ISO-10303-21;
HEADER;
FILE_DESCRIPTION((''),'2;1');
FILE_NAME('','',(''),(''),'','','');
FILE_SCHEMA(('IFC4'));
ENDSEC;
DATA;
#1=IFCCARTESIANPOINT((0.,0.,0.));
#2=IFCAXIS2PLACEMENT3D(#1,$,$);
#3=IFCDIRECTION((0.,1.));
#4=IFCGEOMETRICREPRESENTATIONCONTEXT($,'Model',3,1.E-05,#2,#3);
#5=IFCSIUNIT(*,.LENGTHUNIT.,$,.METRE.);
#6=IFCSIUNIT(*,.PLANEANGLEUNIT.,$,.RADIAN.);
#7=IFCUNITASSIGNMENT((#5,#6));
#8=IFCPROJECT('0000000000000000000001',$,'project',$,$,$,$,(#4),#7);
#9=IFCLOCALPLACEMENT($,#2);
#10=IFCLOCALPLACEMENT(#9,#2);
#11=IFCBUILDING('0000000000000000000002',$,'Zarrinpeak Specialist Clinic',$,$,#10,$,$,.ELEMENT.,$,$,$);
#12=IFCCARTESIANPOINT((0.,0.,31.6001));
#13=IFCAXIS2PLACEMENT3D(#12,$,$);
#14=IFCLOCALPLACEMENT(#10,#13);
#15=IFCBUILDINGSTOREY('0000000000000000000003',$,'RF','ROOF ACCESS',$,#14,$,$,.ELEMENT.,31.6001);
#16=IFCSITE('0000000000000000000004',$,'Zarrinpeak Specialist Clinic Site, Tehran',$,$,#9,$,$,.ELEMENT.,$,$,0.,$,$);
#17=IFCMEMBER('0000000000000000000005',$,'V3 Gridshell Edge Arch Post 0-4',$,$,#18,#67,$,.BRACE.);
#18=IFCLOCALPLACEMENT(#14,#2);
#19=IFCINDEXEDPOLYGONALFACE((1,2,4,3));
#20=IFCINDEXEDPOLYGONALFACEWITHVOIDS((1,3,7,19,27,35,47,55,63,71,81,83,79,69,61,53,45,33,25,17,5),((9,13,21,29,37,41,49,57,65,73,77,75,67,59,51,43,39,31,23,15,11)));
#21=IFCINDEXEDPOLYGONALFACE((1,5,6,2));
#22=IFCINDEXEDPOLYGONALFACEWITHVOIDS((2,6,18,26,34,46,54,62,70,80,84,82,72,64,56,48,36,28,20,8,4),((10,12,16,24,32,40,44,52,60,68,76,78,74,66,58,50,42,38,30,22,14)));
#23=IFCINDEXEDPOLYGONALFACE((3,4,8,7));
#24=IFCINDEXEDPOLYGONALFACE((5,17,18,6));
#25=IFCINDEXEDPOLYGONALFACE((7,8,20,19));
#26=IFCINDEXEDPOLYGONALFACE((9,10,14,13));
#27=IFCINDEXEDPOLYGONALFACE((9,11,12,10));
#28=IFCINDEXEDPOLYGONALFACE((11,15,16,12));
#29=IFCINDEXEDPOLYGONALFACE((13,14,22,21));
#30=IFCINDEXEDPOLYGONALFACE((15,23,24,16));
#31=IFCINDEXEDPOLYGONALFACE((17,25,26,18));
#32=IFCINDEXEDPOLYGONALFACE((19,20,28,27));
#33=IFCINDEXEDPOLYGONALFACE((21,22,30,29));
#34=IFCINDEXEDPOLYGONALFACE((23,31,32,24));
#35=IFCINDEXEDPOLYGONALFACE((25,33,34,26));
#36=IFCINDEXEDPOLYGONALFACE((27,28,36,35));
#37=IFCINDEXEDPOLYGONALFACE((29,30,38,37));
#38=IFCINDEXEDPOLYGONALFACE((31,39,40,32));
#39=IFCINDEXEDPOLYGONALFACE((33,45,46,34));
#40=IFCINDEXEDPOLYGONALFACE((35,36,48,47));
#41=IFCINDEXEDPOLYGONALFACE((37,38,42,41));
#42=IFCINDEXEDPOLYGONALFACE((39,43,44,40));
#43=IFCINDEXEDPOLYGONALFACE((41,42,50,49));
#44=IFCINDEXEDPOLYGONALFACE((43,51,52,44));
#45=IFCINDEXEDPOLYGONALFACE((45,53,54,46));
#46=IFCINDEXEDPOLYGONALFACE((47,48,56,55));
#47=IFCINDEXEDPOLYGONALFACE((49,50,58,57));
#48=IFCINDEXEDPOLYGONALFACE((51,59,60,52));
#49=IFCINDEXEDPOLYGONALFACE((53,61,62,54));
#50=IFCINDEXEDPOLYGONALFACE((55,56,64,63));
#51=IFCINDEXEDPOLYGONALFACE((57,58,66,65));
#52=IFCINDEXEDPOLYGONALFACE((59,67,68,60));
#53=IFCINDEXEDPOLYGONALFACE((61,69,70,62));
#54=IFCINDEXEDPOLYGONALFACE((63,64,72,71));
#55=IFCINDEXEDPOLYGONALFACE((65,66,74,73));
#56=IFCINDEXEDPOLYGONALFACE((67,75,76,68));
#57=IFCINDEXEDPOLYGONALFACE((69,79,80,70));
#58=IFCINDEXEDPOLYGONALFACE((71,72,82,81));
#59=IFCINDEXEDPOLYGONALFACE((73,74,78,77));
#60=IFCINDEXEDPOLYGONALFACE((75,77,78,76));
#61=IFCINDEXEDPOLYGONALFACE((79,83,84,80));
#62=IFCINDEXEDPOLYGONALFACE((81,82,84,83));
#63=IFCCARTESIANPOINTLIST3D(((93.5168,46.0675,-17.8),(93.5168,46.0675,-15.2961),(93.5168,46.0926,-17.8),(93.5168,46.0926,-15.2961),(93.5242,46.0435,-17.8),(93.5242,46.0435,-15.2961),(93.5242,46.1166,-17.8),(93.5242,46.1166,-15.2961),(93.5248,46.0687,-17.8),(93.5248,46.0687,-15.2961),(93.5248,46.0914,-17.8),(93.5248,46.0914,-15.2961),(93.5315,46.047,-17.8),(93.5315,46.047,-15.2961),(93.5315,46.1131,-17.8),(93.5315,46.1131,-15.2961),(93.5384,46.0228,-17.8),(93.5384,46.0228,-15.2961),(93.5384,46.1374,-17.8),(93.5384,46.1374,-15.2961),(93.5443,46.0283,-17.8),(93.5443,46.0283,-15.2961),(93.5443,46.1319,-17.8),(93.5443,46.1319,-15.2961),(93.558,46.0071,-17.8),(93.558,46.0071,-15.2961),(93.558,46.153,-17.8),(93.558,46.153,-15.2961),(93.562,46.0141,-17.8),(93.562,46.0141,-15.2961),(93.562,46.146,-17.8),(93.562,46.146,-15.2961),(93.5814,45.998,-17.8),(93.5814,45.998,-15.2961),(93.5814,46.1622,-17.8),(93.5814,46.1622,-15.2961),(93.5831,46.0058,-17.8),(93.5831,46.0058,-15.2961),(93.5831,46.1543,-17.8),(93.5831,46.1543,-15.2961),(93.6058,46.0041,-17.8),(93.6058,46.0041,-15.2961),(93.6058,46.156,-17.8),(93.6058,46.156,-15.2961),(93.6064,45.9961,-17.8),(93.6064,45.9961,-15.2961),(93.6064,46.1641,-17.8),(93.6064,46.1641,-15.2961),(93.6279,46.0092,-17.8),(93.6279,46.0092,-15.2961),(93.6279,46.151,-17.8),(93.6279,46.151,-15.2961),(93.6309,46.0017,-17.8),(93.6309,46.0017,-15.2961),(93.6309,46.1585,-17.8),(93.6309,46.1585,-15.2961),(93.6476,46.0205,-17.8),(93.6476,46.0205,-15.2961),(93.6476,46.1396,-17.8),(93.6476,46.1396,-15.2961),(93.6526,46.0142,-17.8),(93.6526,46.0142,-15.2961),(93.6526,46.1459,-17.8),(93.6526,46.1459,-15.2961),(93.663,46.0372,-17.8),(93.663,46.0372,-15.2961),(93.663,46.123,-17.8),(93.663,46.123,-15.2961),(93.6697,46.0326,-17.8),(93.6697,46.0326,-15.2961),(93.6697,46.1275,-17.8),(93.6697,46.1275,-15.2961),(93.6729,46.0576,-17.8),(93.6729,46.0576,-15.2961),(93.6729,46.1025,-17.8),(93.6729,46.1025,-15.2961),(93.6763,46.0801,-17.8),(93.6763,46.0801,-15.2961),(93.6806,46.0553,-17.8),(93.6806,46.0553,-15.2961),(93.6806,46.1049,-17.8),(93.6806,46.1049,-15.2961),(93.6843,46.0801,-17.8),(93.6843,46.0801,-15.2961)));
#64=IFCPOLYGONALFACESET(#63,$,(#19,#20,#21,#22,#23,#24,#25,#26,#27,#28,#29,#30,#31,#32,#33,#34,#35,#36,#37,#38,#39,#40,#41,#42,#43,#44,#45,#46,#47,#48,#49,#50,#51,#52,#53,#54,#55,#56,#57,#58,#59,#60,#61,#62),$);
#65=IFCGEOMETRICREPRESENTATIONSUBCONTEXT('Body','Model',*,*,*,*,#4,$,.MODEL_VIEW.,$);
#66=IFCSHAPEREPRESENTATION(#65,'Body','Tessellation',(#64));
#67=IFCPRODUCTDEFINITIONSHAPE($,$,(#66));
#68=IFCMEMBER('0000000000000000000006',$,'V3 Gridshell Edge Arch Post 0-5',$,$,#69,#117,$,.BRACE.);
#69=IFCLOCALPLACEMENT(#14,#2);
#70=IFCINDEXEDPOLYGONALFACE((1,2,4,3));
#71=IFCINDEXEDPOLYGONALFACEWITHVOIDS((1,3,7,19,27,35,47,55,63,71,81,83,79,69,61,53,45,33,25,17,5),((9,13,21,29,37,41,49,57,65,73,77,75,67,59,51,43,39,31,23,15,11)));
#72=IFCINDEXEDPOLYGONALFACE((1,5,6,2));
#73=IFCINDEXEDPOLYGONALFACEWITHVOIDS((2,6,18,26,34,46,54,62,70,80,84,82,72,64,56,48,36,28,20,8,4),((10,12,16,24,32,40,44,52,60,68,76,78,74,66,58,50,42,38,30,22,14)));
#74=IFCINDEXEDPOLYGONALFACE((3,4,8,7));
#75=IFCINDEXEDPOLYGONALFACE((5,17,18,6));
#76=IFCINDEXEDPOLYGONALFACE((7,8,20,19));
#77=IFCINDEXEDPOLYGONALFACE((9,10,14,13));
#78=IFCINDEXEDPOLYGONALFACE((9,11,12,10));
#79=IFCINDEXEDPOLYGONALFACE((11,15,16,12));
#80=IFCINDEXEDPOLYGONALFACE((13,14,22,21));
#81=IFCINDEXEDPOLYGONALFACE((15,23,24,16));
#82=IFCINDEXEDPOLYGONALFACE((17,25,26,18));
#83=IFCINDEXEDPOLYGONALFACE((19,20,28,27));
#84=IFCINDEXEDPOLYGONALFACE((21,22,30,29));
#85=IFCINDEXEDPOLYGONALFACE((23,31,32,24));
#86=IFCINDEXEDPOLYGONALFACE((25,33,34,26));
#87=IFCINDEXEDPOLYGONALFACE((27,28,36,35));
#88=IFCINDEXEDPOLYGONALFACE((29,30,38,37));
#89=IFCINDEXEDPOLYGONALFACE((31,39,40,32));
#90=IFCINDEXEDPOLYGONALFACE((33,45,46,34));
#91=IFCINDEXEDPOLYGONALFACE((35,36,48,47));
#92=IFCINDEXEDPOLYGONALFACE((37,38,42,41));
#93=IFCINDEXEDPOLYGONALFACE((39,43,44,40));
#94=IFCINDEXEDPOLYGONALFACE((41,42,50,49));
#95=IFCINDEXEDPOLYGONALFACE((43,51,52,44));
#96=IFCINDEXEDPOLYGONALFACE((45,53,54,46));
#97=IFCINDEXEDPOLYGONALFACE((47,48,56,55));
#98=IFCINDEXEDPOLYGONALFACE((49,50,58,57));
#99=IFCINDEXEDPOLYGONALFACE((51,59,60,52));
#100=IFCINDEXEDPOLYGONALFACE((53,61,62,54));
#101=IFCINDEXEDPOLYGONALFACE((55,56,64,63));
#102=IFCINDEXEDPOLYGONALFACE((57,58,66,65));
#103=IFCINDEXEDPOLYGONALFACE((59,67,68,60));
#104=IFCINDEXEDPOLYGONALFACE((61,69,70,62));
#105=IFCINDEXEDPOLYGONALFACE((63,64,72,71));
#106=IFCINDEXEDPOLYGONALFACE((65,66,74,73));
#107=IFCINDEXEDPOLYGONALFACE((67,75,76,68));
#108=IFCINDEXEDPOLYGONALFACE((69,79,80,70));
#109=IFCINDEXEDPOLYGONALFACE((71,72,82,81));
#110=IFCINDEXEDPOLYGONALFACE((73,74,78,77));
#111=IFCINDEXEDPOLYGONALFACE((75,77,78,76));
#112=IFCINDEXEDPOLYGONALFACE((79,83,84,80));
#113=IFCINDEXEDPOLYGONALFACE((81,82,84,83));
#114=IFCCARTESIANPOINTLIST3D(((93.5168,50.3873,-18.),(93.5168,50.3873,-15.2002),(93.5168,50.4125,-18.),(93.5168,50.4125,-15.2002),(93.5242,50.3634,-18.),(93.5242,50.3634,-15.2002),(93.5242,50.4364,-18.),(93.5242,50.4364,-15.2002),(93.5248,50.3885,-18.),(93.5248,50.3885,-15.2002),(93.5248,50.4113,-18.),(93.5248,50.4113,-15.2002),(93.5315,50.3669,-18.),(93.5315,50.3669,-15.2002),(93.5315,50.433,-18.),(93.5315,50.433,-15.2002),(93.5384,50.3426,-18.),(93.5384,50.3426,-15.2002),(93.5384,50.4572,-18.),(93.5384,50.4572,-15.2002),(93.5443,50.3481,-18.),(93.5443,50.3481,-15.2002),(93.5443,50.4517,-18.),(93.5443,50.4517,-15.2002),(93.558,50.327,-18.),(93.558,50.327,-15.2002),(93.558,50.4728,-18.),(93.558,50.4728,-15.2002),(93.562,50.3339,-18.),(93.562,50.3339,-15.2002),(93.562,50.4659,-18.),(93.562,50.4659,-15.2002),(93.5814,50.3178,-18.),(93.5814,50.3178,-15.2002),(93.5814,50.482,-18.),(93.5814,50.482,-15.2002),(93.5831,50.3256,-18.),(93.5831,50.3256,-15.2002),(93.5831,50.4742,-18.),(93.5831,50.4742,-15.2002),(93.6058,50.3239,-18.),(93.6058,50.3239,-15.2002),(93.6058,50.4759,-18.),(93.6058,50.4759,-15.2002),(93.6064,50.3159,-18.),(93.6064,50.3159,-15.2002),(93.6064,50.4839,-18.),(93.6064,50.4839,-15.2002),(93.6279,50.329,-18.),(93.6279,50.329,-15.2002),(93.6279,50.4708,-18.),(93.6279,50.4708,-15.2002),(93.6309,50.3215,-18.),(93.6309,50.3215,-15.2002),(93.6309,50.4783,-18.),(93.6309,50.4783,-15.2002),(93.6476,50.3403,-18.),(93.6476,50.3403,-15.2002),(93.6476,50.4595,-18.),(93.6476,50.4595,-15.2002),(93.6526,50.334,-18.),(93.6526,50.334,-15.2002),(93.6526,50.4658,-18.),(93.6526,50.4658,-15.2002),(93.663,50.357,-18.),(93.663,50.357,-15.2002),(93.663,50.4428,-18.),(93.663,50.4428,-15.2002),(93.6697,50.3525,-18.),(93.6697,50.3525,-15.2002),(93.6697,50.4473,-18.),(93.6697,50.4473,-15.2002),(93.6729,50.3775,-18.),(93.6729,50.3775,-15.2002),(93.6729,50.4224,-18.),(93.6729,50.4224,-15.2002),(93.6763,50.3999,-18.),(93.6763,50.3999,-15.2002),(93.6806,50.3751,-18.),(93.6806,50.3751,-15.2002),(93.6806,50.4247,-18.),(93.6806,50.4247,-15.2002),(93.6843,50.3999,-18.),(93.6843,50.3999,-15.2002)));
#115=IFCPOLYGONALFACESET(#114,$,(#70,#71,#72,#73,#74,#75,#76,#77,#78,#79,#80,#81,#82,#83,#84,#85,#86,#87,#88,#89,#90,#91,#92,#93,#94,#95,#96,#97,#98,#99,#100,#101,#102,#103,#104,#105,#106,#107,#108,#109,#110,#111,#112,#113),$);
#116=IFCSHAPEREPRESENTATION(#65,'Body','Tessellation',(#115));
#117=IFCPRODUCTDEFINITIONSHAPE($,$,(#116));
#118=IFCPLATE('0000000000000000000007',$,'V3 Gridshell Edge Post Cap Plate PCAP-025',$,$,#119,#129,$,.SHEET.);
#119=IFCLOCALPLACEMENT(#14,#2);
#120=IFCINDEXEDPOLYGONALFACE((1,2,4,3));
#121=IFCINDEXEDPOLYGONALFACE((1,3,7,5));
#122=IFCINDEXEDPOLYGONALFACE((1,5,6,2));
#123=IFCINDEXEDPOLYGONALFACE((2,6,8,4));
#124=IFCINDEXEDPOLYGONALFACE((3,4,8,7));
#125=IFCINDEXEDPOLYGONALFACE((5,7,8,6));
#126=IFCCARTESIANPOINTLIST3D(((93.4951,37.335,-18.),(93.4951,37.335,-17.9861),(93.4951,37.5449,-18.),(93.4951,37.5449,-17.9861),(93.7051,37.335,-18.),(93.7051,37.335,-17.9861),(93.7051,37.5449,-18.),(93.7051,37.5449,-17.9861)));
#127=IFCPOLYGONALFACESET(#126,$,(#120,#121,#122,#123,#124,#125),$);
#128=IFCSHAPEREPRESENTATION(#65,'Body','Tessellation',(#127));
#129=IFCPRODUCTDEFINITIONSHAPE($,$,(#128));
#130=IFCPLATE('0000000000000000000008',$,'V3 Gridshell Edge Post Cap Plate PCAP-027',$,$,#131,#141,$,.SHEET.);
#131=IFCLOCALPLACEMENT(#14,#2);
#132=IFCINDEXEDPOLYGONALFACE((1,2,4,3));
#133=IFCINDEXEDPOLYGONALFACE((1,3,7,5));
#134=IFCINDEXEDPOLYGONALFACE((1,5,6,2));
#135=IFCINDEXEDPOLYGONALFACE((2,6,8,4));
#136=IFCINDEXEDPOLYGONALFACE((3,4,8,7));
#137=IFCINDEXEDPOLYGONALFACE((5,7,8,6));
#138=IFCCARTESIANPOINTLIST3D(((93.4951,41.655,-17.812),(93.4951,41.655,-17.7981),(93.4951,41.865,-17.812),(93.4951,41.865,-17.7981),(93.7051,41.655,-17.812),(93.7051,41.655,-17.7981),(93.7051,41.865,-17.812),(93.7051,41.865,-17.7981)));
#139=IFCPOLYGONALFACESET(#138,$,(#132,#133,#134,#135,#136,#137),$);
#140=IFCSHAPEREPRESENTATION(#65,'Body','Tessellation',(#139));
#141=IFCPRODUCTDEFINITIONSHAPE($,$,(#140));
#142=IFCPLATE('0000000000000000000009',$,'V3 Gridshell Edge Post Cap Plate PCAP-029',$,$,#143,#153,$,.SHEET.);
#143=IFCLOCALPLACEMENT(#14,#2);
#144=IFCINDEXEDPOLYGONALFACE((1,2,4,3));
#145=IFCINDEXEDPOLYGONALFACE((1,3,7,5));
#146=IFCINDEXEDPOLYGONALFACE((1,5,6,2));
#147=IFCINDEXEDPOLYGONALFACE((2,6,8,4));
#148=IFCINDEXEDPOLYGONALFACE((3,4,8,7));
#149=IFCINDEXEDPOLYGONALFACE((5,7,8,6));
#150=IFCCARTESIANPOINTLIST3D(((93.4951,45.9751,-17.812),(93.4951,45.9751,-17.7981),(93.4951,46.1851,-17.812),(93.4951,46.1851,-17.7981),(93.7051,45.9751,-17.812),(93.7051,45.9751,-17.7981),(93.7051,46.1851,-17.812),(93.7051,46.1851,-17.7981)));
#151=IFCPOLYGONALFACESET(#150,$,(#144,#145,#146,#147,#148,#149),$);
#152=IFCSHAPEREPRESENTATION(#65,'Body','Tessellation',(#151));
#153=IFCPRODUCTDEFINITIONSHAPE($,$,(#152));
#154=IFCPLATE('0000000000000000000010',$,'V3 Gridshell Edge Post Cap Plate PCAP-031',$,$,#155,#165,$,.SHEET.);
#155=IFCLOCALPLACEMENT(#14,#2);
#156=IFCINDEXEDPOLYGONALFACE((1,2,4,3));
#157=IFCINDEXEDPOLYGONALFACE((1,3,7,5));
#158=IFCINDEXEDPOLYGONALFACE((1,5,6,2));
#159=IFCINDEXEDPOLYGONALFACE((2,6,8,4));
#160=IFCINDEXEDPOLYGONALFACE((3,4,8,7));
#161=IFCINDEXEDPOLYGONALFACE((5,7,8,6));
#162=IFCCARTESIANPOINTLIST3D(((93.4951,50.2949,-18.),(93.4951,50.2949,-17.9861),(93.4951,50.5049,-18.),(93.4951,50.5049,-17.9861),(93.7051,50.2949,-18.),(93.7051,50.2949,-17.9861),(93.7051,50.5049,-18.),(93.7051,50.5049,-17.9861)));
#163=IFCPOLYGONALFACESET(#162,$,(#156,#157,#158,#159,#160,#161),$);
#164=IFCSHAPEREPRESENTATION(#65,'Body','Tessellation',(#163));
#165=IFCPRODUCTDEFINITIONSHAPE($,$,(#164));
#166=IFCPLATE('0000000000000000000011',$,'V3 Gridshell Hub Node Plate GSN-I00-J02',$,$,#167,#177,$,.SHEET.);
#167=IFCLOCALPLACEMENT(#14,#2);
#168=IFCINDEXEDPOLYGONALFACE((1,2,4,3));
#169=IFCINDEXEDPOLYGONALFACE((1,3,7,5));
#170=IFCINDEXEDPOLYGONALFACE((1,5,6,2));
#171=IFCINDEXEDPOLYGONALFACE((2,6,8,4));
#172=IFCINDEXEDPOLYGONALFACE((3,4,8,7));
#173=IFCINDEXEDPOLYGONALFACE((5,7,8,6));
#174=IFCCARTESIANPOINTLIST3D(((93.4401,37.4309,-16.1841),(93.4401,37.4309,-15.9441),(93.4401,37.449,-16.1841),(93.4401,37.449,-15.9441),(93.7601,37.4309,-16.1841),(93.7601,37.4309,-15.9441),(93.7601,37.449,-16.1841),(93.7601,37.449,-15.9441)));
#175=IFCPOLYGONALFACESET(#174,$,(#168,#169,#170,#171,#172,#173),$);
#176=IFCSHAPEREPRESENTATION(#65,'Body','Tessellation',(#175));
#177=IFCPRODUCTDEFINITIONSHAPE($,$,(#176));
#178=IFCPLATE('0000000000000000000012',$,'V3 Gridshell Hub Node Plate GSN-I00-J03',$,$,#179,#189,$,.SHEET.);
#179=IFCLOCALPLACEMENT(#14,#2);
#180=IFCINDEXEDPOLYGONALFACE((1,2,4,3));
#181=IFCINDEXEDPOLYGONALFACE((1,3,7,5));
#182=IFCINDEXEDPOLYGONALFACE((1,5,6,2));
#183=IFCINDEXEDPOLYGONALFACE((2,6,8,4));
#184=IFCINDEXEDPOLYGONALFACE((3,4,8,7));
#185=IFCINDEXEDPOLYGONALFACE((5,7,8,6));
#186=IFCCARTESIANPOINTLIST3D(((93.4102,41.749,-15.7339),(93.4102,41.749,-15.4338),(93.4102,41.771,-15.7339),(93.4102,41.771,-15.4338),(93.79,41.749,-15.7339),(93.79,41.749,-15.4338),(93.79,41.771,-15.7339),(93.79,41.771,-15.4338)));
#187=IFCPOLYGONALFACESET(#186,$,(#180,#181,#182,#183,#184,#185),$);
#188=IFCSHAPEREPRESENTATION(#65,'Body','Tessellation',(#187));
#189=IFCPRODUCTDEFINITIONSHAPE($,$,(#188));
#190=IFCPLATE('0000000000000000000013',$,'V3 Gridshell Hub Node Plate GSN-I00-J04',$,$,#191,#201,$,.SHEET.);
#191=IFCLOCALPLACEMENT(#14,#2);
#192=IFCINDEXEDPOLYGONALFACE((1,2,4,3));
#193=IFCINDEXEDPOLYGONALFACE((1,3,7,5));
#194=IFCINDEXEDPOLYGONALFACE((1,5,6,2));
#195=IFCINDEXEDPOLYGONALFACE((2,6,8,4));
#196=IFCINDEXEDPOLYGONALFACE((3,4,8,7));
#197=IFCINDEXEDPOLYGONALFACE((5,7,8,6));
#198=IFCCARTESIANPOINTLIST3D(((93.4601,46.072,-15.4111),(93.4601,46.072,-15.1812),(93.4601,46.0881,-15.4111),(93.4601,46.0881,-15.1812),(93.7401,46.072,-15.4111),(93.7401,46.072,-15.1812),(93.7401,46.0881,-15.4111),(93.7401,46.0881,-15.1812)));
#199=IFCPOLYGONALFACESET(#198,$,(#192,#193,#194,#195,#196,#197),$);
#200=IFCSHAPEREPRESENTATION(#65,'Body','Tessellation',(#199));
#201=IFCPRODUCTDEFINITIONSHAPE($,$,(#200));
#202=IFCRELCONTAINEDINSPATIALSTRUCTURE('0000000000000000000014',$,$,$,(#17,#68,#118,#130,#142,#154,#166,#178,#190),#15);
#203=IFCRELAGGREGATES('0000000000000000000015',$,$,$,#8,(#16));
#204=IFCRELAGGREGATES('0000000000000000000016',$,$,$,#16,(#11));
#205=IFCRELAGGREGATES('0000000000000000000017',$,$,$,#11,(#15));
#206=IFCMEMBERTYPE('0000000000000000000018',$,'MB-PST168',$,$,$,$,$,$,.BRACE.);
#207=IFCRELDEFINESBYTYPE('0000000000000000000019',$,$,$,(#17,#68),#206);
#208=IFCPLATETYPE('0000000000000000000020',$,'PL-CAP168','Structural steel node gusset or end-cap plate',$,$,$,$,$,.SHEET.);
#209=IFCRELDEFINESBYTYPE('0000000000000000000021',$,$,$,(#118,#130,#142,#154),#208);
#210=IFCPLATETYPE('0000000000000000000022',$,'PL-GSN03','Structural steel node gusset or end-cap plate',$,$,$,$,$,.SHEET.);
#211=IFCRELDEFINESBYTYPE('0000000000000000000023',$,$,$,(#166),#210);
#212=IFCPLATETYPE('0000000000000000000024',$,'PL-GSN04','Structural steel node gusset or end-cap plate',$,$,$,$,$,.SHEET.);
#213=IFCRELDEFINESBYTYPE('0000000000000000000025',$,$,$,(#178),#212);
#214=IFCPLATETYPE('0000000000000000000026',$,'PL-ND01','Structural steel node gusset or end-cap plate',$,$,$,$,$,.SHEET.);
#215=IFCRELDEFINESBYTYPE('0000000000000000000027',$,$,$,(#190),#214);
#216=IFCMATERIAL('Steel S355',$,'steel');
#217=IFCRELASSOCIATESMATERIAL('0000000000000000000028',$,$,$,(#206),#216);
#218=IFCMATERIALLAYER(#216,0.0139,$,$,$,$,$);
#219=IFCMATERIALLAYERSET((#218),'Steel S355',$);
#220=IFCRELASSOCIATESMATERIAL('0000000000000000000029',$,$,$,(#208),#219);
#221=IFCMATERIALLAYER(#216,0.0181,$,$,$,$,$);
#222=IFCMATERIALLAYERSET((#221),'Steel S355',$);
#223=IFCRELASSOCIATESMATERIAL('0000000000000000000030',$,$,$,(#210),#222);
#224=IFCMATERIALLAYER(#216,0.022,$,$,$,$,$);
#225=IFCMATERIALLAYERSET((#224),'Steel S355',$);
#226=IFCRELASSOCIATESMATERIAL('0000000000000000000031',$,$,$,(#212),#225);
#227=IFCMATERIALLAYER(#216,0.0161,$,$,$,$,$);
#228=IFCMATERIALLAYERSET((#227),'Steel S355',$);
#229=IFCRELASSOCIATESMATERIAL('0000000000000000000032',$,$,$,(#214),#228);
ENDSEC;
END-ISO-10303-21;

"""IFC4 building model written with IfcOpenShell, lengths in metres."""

from ifc_helpers import new_model, si_unit, direction, frame, origin, origin_2d, place, context, subcontext, project, spatial, rectangle, hollow_circle, extrude, material, layer, layer_set, material_profile, profile_set, type_object, element, save


model = new_model("IFC4")

# Units and contexts
model_context = context("Model", 3, precision=1e-05, world=origin(), true_north=direction((0.0, 1.0)))
body_context = subcontext(model_context, "Body", "Model", "MODEL_VIEW")
ifc_project = project(units=[si_unit("LENGTHUNIT", "METRE"), si_unit("PLANEANGLEUNIT", "RADIAN")], contexts=[model_context])

# Site, building, storey
site_placement = place(None, origin())
site = spatial("IfcSite", under=ifc_project, at=site_placement, Name="Zarrinpeak Specialist Clinic Site, Tehran", CompositionType="ELEMENT", RefElevation=0.0)
building_placement = place(site_placement, origin())
building = spatial("IfcBuilding", under=site, at=building_placement, Name="Zarrinpeak Specialist Clinic", CompositionType="ELEMENT")
storey_placement = place(building_placement, frame((0.0, 0.0, 31.6001)))
storey = spatial("IfcBuildingStorey", under=building, at=storey_placement, Name="RF", Description="ROOF ACCESS", CompositionType="ELEMENT", Elevation=31.6001)

# Shared definitions
ifc_material_1 = material(Name="Steel S355", Category="steel")

# Members
ifc_material_profile_1 = material_profile(ifc_material_1, hollow_circle(Radius=0.0842, WallThickness=0.0081, at=origin_2d()), Name="CHS 168.3x8.0")
ifc_profile_set_1 = profile_set([ifc_material_profile_1], Name="Steel S355")
member_type_1 = type_object("IfcMemberType", Name="MB-PST168", PredefinedType="BRACE", material=ifc_profile_set_1)
member_1_placement = place(storey_placement, frame((93.6001, 46.0801, -17.8), z_axis=(0.0, 0.0, 1.0), x_axis=(1.0, 0.0, 0.0)))
element("IfcMember", 1, at=member_1_placement, inside=storey, type_object=member_type_1, Name="V3 Gridshell Edge Arch Post 0-4", PredefinedType="BRACE", context=body_context, shape_type="SweptSolid", body=[
    extrude(hollow_circle(Radius=0.0842, WallThickness=0.0081, at=origin_2d()), origin(), (0.0, 0.0, 1.0), 2.5039),
])
member_2_placement = place(storey_placement, frame((93.6001, 50.3999, -18.0), z_axis=(0.0, 0.0, 1.0), x_axis=(1.0, 0.0, 0.0)))
element("IfcMember", 2, at=member_2_placement, inside=storey, type_object=member_type_1, Name="V3 Gridshell Edge Arch Post 0-5", PredefinedType="BRACE", context=body_context, shape_type="SweptSolid", body=[
    extrude(hollow_circle(Radius=0.0842, WallThickness=0.0081, at=origin_2d()), origin(), (0.0, 0.0, 1.0), 2.7998),
])

# Plates
ifc_layer_1 = layer(ifc_material_1, 0.0139)
ifc_layer_set_1 = layer_set([ifc_layer_1], Name="Steel S355")
plate_type_1 = type_object("IfcPlateType", Name="PL-CAP168", Description="Structural steel node gusset or end-cap plate", PredefinedType="SHEET", material=ifc_layer_set_1)
for number, where, z_axis, x_axis, name in (
    (3, (93.6001, 37.4399, -18.0), (0.0, 0.0, 1.0), (1.0, 0.0, 0.0), "V3 Gridshell Edge Post Cap Plate PCAP-025"),
    (4, (93.6001, 41.76, -17.812), (0.0, 0.0, 1.0), (1.0, 0.0, 0.0), "V3 Gridshell Edge Post Cap Plate PCAP-027"),
    (5, (93.6001, 46.0801, -17.812), (0.0, 0.0, 1.0), (1.0, 0.0, 0.0), "V3 Gridshell Edge Post Cap Plate PCAP-029"),
    (6, (93.6001, 50.3999, -18.0), (0.0, 0.0, 1.0), (1.0, 0.0, 0.0), "V3 Gridshell Edge Post Cap Plate PCAP-031"),
):
    element("IfcPlate", number, at=place(storey_placement, frame(where, z_axis=z_axis, x_axis=x_axis)), inside=storey, type_object=plate_type_1, Name=name, PredefinedType="SHEET", context=body_context, shape_type="SweptSolid", body=[
        extrude(rectangle(XDim=0.21, YDim=0.21, at=origin_2d()), origin(), (0.0, 0.0, 1.0), 0.0139),
    ])
ifc_layer_2 = layer(ifc_material_1, 0.0181)
ifc_layer_set_2 = layer_set([ifc_layer_2], Name="Steel S355")
plate_type_2 = type_object("IfcPlateType", Name="PL-GSN03", Description="Structural steel node gusset or end-cap plate", PredefinedType="SHEET", material=ifc_layer_set_2)
plate_1_placement = place(storey_placement, frame((93.6001, 37.4399, -16.1841), z_axis=(0.0, 0.0, 1.0), x_axis=(1.0, 0.0, 0.0)))
element("IfcPlate", 7, at=plate_1_placement, inside=storey, type_object=plate_type_2, Name="V3 Gridshell Hub Node Plate GSN-I00-J02", PredefinedType="SHEET", context=body_context, shape_type="SweptSolid", body=[
    extrude(rectangle(XDim=0.3201, YDim=0.0181, at=origin_2d()), origin(), (0.0, 0.0, 1.0), 0.24),
])
ifc_layer_3 = layer(ifc_material_1, 0.022)
ifc_layer_set_3 = layer_set([ifc_layer_3], Name="Steel S355")
plate_type_3 = type_object("IfcPlateType", Name="PL-GSN04", Description="Structural steel node gusset or end-cap plate", PredefinedType="SHEET", material=ifc_layer_set_3)
plate_2_placement = place(storey_placement, frame((93.6001, 41.76, -15.7339), z_axis=(0.0, 0.0, 1.0), x_axis=(1.0, 0.0, 0.0)))
element("IfcPlate", 8, at=plate_2_placement, inside=storey, type_object=plate_type_3, Name="V3 Gridshell Hub Node Plate GSN-I00-J03", PredefinedType="SHEET", context=body_context, shape_type="SweptSolid", body=[
    extrude(rectangle(XDim=0.3799, YDim=0.022, at=origin_2d()), origin(), (0.0, 0.0, 1.0), 0.3),
])
ifc_layer_4 = layer(ifc_material_1, 0.0161)
ifc_layer_set_4 = layer_set([ifc_layer_4], Name="Steel S355")
plate_type_4 = type_object("IfcPlateType", Name="PL-ND01", Description="Structural steel node gusset or end-cap plate", PredefinedType="SHEET", material=ifc_layer_set_4)
plate_3_placement = place(storey_placement, frame((93.6001, 46.0801, -15.4111), z_axis=(0.0, 0.0, 1.0), x_axis=(1.0, 0.0, 0.0)))
element("IfcPlate", 9, at=plate_3_placement, inside=storey, type_object=plate_type_4, Name="V3 Gridshell Hub Node Plate GSN-I00-J04", PredefinedType="SHEET", context=body_context, shape_type="SweptSolid", body=[
    extrude(rectangle(XDim=0.28, YDim=0.0161, at=origin_2d()), origin(), (0.0, 0.0, 1.0), 0.23),
])

save(model, "model.ifc")
